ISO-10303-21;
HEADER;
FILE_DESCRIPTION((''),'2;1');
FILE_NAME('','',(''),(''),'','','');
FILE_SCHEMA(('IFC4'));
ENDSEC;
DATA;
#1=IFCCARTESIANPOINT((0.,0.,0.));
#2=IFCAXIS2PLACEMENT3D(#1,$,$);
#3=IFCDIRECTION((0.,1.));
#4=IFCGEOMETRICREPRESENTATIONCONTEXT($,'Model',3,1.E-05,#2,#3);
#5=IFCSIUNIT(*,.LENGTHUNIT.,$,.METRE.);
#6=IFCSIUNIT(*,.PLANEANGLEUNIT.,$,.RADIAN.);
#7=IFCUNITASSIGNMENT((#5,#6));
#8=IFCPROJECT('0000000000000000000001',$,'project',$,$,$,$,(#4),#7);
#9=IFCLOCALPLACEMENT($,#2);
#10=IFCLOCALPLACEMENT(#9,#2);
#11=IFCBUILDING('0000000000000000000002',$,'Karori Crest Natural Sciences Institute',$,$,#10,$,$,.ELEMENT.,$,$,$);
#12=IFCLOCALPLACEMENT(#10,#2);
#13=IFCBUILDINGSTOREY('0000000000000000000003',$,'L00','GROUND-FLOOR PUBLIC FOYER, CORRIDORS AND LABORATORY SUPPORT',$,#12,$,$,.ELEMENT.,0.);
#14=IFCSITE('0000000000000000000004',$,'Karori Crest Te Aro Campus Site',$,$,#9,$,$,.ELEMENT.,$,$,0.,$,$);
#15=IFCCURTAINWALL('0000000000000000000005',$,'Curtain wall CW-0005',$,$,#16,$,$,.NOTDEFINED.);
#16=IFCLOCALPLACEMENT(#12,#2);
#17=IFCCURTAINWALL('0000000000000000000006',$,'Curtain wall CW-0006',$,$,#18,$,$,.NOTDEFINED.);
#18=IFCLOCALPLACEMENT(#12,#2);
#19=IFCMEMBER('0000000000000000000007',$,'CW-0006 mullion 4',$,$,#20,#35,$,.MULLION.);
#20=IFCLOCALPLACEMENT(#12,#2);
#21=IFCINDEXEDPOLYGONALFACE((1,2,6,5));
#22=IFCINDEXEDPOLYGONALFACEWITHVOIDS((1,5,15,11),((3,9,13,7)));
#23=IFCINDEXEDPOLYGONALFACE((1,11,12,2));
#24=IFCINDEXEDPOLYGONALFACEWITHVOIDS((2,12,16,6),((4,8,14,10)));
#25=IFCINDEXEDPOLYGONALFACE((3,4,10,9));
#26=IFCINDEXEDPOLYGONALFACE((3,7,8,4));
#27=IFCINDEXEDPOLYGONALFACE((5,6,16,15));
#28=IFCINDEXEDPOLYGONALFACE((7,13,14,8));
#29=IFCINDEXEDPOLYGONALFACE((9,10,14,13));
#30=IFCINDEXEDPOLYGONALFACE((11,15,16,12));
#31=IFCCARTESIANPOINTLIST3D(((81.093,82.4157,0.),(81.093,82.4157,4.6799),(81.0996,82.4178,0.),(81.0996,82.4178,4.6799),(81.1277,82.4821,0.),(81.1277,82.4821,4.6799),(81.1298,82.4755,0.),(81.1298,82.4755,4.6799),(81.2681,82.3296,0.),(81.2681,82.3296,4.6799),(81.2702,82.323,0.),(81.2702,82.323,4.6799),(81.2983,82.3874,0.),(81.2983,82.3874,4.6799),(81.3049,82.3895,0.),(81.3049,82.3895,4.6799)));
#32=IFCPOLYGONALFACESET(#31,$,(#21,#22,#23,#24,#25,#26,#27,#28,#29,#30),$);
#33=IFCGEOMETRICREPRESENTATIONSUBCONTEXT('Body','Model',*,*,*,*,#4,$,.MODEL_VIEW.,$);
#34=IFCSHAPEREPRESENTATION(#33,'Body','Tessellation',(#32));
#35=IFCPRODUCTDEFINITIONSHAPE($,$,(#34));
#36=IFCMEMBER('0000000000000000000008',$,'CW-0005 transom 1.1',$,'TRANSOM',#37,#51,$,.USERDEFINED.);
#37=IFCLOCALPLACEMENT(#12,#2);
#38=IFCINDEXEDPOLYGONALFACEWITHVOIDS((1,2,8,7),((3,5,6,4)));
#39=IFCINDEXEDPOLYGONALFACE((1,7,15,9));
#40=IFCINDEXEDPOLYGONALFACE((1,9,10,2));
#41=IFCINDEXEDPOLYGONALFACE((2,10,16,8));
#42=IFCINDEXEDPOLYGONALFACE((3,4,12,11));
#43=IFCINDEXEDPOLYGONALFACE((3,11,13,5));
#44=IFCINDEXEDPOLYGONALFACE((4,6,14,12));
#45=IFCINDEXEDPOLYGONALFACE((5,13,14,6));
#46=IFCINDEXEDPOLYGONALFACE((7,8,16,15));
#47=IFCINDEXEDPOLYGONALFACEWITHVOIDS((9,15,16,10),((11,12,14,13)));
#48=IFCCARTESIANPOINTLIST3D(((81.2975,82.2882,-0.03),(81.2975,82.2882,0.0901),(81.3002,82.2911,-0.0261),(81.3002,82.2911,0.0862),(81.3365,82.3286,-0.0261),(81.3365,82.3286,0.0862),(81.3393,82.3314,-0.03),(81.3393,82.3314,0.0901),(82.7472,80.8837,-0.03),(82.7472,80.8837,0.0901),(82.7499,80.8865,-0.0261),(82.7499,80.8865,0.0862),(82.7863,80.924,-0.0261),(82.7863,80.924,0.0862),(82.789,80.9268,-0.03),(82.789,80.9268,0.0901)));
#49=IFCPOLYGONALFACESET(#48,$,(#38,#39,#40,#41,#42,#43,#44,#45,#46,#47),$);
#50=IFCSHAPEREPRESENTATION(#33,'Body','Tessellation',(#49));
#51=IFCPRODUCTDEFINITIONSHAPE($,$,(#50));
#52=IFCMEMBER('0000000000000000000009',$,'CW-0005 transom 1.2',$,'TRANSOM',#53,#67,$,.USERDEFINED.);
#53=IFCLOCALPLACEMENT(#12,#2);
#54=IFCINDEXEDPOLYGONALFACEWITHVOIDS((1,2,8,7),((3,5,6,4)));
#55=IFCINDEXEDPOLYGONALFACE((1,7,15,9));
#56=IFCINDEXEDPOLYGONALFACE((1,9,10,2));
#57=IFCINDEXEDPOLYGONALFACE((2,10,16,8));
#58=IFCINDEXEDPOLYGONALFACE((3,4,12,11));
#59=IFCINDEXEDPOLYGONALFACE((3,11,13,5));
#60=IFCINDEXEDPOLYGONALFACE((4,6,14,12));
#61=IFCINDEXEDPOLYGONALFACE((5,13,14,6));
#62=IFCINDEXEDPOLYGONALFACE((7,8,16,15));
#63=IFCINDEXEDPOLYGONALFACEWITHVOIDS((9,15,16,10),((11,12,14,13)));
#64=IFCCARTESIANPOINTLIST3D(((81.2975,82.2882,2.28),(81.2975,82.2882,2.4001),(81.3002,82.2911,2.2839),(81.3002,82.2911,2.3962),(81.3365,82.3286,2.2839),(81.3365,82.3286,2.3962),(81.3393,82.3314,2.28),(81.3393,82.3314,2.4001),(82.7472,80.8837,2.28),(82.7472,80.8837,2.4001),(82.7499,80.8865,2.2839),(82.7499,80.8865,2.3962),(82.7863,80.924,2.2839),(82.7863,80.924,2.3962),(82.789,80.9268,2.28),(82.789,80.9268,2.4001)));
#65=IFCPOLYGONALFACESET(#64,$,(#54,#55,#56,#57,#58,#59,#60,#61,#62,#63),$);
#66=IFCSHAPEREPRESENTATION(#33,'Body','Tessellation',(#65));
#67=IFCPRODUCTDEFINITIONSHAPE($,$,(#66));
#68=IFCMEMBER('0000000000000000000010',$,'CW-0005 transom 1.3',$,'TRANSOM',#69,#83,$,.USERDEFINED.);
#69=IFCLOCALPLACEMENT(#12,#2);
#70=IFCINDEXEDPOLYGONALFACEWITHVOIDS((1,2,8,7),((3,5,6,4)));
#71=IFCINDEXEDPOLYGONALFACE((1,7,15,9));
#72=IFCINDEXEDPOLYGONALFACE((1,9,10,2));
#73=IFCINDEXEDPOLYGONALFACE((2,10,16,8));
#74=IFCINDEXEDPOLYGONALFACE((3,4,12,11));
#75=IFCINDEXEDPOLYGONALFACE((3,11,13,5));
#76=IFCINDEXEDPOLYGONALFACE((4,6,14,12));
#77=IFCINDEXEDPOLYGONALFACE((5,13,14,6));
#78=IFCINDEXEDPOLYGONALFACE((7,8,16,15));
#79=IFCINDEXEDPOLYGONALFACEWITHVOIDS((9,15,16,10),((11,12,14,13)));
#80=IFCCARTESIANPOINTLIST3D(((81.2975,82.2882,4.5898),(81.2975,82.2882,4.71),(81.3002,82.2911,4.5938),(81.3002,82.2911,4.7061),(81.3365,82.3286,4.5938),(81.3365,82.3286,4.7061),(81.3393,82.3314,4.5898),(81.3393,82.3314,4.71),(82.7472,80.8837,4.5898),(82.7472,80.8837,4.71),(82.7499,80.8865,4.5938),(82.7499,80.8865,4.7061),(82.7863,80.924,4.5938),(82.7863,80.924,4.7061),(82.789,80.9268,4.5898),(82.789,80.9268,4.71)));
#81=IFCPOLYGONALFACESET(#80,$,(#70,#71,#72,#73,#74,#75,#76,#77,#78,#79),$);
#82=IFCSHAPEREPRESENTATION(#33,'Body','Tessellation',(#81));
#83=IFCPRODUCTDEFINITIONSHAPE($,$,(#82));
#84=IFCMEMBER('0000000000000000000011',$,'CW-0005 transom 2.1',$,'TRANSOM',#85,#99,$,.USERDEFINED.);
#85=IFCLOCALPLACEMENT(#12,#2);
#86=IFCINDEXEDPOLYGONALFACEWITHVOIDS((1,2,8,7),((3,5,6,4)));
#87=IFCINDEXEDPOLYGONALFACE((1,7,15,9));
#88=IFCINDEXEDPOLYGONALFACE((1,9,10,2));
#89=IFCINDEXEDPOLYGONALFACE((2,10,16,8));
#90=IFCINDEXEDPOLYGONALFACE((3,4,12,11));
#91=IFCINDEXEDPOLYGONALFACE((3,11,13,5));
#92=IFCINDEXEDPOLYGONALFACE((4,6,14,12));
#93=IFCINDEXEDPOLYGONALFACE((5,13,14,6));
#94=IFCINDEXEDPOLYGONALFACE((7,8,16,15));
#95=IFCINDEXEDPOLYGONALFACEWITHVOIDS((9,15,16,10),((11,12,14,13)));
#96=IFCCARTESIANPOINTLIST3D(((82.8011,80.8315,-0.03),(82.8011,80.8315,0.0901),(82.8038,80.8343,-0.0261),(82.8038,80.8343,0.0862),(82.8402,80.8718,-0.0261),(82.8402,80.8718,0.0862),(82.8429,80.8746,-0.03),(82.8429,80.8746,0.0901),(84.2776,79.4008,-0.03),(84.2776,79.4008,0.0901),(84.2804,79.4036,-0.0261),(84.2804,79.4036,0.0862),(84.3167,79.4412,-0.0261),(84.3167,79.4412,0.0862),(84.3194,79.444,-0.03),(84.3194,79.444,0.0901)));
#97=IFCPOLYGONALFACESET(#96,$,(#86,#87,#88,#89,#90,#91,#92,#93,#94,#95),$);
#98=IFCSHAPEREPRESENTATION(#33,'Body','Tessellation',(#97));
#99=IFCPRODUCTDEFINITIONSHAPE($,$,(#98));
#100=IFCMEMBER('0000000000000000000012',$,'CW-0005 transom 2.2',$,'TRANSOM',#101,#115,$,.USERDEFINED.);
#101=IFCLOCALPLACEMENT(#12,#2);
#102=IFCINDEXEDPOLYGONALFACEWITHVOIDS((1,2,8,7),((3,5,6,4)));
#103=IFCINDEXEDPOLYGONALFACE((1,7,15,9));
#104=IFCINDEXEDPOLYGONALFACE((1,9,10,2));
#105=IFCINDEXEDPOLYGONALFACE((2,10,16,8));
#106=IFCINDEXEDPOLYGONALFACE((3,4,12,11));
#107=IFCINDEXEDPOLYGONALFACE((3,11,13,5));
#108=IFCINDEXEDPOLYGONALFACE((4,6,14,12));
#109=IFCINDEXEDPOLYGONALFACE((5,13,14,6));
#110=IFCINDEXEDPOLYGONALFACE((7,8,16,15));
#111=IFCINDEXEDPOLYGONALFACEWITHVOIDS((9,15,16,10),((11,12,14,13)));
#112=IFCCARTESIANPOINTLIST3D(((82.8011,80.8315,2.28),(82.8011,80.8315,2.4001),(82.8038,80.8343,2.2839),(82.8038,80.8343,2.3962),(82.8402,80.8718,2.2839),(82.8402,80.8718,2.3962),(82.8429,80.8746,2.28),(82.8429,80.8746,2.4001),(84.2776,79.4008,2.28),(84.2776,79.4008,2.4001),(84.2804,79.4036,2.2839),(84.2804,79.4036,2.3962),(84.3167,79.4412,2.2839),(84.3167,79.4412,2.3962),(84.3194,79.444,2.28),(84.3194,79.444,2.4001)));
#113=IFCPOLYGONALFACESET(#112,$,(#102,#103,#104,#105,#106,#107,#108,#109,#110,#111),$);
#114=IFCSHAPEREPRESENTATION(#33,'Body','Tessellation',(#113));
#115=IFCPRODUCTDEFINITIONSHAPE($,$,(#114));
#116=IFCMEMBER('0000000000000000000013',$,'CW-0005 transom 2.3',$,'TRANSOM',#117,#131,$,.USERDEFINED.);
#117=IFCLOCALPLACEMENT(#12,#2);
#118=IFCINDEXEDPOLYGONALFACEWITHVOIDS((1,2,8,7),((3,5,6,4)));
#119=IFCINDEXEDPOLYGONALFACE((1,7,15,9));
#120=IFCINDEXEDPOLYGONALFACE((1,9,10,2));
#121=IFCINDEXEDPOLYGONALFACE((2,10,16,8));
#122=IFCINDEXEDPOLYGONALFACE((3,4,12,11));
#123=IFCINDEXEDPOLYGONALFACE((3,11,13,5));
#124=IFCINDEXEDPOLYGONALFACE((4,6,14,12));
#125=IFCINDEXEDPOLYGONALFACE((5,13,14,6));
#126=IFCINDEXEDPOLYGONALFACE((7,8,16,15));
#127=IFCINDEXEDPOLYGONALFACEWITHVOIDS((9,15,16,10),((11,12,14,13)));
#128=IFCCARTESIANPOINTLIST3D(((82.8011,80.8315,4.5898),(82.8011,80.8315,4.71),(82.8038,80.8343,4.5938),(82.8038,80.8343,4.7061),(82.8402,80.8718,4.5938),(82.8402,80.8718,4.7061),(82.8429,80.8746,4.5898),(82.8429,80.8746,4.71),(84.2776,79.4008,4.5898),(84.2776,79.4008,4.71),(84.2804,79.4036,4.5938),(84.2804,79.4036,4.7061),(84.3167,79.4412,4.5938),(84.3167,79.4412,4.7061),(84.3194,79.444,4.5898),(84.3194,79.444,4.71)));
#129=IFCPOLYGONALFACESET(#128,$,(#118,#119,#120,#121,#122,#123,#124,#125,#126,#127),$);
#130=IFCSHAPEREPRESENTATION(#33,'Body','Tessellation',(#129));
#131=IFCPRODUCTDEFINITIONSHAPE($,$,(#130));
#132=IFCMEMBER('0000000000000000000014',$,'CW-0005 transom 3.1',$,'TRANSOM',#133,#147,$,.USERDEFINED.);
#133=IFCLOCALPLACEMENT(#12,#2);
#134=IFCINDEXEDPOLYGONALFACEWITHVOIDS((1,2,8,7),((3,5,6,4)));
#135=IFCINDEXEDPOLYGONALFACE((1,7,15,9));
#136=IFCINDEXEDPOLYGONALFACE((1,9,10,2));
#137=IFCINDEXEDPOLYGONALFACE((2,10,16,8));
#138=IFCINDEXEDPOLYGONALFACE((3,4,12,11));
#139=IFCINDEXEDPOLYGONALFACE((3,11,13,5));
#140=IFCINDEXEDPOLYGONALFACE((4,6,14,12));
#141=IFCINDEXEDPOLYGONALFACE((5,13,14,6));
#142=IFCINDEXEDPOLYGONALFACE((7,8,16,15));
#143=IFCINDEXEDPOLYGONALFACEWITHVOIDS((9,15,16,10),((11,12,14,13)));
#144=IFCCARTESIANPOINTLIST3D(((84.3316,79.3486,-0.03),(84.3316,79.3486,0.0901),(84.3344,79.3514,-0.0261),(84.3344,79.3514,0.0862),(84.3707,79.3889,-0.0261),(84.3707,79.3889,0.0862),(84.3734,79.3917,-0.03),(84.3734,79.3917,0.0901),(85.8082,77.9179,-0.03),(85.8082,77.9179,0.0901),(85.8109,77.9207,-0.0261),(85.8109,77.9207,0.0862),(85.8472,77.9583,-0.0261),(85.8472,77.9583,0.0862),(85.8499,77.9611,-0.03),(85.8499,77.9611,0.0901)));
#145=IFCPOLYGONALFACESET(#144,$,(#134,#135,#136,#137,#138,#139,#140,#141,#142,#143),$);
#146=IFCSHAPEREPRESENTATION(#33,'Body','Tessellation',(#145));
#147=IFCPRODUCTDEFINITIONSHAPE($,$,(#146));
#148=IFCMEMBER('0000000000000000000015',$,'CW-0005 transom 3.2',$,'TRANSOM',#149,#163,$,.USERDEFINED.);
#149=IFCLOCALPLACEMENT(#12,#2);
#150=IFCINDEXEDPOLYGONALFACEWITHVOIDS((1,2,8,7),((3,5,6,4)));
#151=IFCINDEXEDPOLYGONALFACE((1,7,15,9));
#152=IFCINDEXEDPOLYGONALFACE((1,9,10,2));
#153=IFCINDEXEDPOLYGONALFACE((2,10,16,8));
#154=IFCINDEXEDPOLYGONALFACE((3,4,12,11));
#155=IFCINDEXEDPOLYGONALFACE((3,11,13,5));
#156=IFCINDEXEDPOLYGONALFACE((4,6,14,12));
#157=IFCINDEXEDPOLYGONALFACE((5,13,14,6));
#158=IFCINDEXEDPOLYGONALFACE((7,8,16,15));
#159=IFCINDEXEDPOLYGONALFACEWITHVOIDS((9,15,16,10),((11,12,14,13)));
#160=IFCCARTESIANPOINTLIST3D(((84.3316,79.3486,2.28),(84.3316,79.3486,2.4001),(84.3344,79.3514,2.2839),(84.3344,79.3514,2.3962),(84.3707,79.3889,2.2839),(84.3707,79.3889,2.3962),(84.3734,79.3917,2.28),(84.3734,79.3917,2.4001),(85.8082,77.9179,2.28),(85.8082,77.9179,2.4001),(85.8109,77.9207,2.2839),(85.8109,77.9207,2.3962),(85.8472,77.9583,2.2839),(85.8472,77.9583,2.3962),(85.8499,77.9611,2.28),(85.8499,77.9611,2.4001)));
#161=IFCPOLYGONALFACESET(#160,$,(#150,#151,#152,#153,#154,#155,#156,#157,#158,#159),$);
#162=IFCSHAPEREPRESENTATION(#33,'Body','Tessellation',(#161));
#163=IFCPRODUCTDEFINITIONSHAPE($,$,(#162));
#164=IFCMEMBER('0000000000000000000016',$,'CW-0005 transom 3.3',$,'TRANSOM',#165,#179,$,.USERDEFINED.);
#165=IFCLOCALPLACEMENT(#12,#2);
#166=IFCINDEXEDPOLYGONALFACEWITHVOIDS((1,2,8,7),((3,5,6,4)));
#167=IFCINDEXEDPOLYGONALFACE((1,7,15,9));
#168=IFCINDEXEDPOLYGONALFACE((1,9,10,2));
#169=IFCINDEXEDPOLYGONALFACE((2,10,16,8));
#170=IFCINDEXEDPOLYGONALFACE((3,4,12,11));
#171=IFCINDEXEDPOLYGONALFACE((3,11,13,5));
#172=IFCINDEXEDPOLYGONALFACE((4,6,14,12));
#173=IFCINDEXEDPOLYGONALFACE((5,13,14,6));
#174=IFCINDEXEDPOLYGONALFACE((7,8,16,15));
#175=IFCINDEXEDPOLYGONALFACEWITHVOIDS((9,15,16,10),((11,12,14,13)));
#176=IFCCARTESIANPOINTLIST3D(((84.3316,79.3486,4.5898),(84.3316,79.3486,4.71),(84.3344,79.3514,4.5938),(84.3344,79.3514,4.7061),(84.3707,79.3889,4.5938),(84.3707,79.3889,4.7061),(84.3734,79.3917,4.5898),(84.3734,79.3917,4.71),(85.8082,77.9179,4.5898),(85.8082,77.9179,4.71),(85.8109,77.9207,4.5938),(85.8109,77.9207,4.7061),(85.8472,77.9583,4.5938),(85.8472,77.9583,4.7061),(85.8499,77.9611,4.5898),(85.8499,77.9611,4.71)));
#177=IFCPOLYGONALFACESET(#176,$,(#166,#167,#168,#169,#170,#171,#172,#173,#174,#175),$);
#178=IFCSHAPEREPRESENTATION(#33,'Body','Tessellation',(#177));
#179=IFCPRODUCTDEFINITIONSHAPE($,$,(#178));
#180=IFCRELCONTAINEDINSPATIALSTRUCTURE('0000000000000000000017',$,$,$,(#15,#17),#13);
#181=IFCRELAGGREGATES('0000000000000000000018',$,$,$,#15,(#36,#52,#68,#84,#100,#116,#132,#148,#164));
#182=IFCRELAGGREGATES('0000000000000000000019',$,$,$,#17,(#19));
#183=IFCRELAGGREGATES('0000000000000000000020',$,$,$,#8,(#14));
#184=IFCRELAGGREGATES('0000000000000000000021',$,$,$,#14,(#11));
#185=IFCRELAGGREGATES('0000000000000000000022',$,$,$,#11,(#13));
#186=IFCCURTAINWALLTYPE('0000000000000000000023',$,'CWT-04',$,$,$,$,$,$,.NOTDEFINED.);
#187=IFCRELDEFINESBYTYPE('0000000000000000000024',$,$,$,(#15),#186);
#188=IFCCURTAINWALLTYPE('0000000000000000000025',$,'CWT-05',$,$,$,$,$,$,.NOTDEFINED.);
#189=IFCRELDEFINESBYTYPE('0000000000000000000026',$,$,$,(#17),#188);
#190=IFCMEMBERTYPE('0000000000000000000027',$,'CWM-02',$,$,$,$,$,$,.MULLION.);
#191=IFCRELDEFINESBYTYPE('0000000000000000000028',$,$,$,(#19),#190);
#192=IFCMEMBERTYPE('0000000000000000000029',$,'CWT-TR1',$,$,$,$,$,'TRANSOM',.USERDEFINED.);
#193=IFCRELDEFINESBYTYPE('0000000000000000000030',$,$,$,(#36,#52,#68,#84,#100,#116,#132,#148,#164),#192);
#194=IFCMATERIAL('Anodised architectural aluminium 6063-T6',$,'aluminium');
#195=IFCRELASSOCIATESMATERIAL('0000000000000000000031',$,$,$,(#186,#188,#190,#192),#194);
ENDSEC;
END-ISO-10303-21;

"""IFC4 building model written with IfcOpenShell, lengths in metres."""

from ifc_helpers import new_model, si_unit, direction, frame, origin, origin_2d, place, context, subcontext, project, spatial, hollow_rectangle, extrude, material, material_profile, profile_set, type_object, element, aggregate, save


model = new_model("IFC4")

# Units and contexts
model_context = context("Model", 3, precision=1e-05, world=origin(), true_north=direction((0.0, 1.0)))
body_context = subcontext(model_context, "Body", "Model", "MODEL_VIEW")
ifc_project = project(units=[si_unit("LENGTHUNIT", "METRE"), si_unit("PLANEANGLEUNIT", "RADIAN")], contexts=[model_context])

# Site, building, storey
site_placement = place(None, origin())
site = spatial("IfcSite", under=ifc_project, at=site_placement, Name="Karori Crest Te Aro Campus Site", CompositionType="ELEMENT", RefElevation=0.0)
building_placement = place(site_placement, origin())
building = spatial("IfcBuilding", under=site, at=building_placement, Name="Karori Crest Natural Sciences Institute", CompositionType="ELEMENT")
storey_placement = place(building_placement, origin())
storey = spatial("IfcBuildingStorey", under=building, at=storey_placement, Name="L00", Description="GROUND-FLOOR PUBLIC FOYER, CORRIDORS AND LABORATORY SUPPORT", CompositionType="ELEMENT", Elevation=0.0)

# Curtain walls, member
ifc_material_1 = material(Name="Anodised architectural aluminium 6063-T6", Category="aluminium")
curtain_wall_type_1 = type_object("IfcCurtainWallType", Name="CWT-04", PredefinedType="NOTDEFINED", material=ifc_material_1)
curtain_wall_1_placement = place(storey_placement, origin())
curtain_wall_1 = element("IfcCurtainWall", 1, at=curtain_wall_1_placement, inside=storey, type_object=curtain_wall_type_1, Name="Curtain wall CW-0005", PredefinedType="NOTDEFINED")
ifc_material_profile_1 = material_profile(ifc_material_1, hollow_rectangle(XDim=0.075, YDim=0.2, WallThickness=0.0049, at=origin_2d()), Name="CWM200x75x5")
ifc_profile_set_1 = profile_set([ifc_material_profile_1], Name="Anodised architectural aluminium 6063-T6")
member_type_1 = type_object("IfcMemberType", Name="CWM-02", PredefinedType="MULLION", material=ifc_profile_set_1)
curtain_wall_type_2 = type_object("IfcCurtainWallType", Name="CWT-05", PredefinedType="NOTDEFINED", material=ifc_material_1)
curtain_wall_2_placement = place(storey_placement, origin())
curtain_wall_2 = element("IfcCurtainWall", 2, at=curtain_wall_2_placement, inside=storey, type_object=curtain_wall_type_2, Name="Curtain wall CW-0006", PredefinedType="NOTDEFINED")
member_1_placement = place(storey_placement, frame((81.199, 82.4026, 0.0), z_axis=(0.0, 0.0, 1.0), x_axis=(0.463426, 0.886136, 0.0)))
member_1 = element("IfcMember", 3, at=member_1_placement, type_object=member_type_1, Name="CW-0006 mullion 4", PredefinedType="MULLION", context=body_context, shape_type="SweptSolid", body=[
    extrude(hollow_rectangle(XDim=0.075, YDim=0.2, WallThickness=0.0049, at=origin_2d()), origin(), (0.0, 0.0, 1.0), 4.6799),
])

# Members
ifc_material_profile_2 = material_profile(ifc_material_1, hollow_rectangle(XDim=0.0601, YDim=0.1201, WallThickness=0.0039, at=origin_2d()), Name="CWT120x60x4")
ifc_profile_set_2 = profile_set([ifc_material_profile_2], Name="Anodised architectural aluminium 6063-T6")
member_type_2 = type_object("IfcMemberType", Name="CWT-TR1", ElementType="TRANSOM", PredefinedType="USERDEFINED", material=ifc_profile_set_2)
member_2_placement = place(storey_placement, frame((81.3184, 82.3098, 0.03), z_axis=(0.718206, -0.69583, 0.0), x_axis=(0.69583, 0.718206, 0.0)))
member_2 = element("IfcMember", 4, at=member_2_placement, type_object=member_type_2, Name="CW-0005 transom 1.1", ObjectType="TRANSOM", PredefinedType="USERDEFINED", context=body_context, shape_type="SweptSolid", body=[
    extrude(hollow_rectangle(XDim=0.0601, YDim=0.1201, WallThickness=0.0039, at=origin_2d()), origin(), (0.0, 0.0, 1.0), 2.0186),
])
member_3_placement = place(storey_placement, frame((81.3184, 82.3098, 2.3401), z_axis=(0.718206, -0.69583, 0.0), x_axis=(0.69583, 0.718206, 0.0)))
member_3 = element("IfcMember", 5, at=member_3_placement, type_object=member_type_2, Name="CW-0005 transom 1.2", ObjectType="TRANSOM", PredefinedType="USERDEFINED", context=body_context, shape_type="SweptSolid", body=[
    extrude(hollow_rectangle(XDim=0.0601, YDim=0.1201, WallThickness=0.0039, at=origin_2d()), origin(), (0.0, 0.0, 1.0), 2.0186),
])
member_4_placement = place(storey_placement, frame((81.3184, 82.3098, 4.6499), z_axis=(0.718206, -0.69583, 0.0), x_axis=(0.69583, 0.718206, 0.0)))
member_4 = element("IfcMember", 6, at=member_4_placement, type_object=member_type_2, Name="CW-0005 transom 1.3", ObjectType="TRANSOM", PredefinedType="USERDEFINED", context=body_context, shape_type="SweptSolid", body=[
    extrude(hollow_rectangle(XDim=0.0601, YDim=0.1201, WallThickness=0.0039, at=origin_2d()), origin(), (0.0, 0.0, 1.0), 2.0186),
])
member_5_placement = place(storey_placement, frame((82.822, 80.853, 0.03), z_axis=(0.718181, -0.695856, 0.0), x_axis=(0.695856, 0.718181, 0.0)))
member_5 = element("IfcMember", 7, at=member_5_placement, type_object=member_type_2, Name="CW-0005 transom 2.1", ObjectType="TRANSOM", PredefinedType="USERDEFINED", context=body_context, shape_type="SweptSolid", body=[
    extrude(hollow_rectangle(XDim=0.0601, YDim=0.1201, WallThickness=0.0039, at=origin_2d()), origin(), (0.0, 0.0, 1.0), 2.0559),
])
member_6_placement = place(storey_placement, frame((82.822, 80.853, 2.3401), z_axis=(0.718181, -0.695856, 0.0), x_axis=(0.695856, 0.718181, 0.0)))
member_6 = element("IfcMember", 8, at=member_6_placement, type_object=member_type_2, Name="CW-0005 transom 2.2", ObjectType="TRANSOM", PredefinedType="USERDEFINED", context=body_context, shape_type="SweptSolid", body=[
    extrude(hollow_rectangle(XDim=0.0601, YDim=0.1201, WallThickness=0.0039, at=origin_2d()), origin(), (0.0, 0.0, 1.0), 2.0559),
])
member_7_placement = place(storey_placement, frame((82.822, 80.853, 4.6499), z_axis=(0.718181, -0.695856, 0.0), x_axis=(0.695856, 0.718181, 0.0)))
member_7 = element("IfcMember", 9, at=member_7_placement, type_object=member_type_2, Name="CW-0005 transom 2.3", ObjectType="TRANSOM", PredefinedType="USERDEFINED", context=body_context, shape_type="SweptSolid", body=[
    extrude(hollow_rectangle(XDim=0.0601, YDim=0.1201, WallThickness=0.0039, at=origin_2d()), origin(), (0.0, 0.0, 1.0), 2.0559),
])
member_8_placement = place(storey_placement, frame((84.3525, 79.3701, 0.03), z_axis=(0.718181, -0.695856, 0.0), x_axis=(0.695856, 0.718181, 0.0)))
member_8 = element("IfcMember", 10, at=member_8_placement, type_object=member_type_2, Name="CW-0005 transom 3.1", ObjectType="TRANSOM", PredefinedType="USERDEFINED", context=body_context, shape_type="SweptSolid", body=[
    extrude(hollow_rectangle(XDim=0.0601, YDim=0.1201, WallThickness=0.0039, at=origin_2d()), origin(), (0.0, 0.0, 1.0), 2.0559),
])
member_9_placement = place(storey_placement, frame((84.3525, 79.3701, 2.3401), z_axis=(0.718181, -0.695856, 0.0), x_axis=(0.695856, 0.718181, 0.0)))
member_9 = element("IfcMember", 11, at=member_9_placement, type_object=member_type_2, Name="CW-0005 transom 3.2", ObjectType="TRANSOM", PredefinedType="USERDEFINED", context=body_context, shape_type="SweptSolid", body=[
    extrude(hollow_rectangle(XDim=0.0601, YDim=0.1201, WallThickness=0.0039, at=origin_2d()), origin(), (0.0, 0.0, 1.0), 2.0559),
])
member_10_placement = place(storey_placement, frame((84.3525, 79.3701, 4.6499), z_axis=(0.718181, -0.695856, 0.0), x_axis=(0.695856, 0.718181, 0.0)))
member_10 = element("IfcMember", 12, at=member_10_placement, type_object=member_type_2, Name="CW-0005 transom 3.3", ObjectType="TRANSOM", PredefinedType="USERDEFINED", context=body_context, shape_type="SweptSolid", body=[
    extrude(hollow_rectangle(XDim=0.0601, YDim=0.1201, WallThickness=0.0039, at=origin_2d()), origin(), (0.0, 0.0, 1.0), 2.0559),
])

aggregate(curtain_wall_1, [member_2, member_3, member_4, member_5, member_6, member_7, member_8, member_9, member_10])
aggregate(curtain_wall_2, [member_1])

save(model, "model.ifc")
